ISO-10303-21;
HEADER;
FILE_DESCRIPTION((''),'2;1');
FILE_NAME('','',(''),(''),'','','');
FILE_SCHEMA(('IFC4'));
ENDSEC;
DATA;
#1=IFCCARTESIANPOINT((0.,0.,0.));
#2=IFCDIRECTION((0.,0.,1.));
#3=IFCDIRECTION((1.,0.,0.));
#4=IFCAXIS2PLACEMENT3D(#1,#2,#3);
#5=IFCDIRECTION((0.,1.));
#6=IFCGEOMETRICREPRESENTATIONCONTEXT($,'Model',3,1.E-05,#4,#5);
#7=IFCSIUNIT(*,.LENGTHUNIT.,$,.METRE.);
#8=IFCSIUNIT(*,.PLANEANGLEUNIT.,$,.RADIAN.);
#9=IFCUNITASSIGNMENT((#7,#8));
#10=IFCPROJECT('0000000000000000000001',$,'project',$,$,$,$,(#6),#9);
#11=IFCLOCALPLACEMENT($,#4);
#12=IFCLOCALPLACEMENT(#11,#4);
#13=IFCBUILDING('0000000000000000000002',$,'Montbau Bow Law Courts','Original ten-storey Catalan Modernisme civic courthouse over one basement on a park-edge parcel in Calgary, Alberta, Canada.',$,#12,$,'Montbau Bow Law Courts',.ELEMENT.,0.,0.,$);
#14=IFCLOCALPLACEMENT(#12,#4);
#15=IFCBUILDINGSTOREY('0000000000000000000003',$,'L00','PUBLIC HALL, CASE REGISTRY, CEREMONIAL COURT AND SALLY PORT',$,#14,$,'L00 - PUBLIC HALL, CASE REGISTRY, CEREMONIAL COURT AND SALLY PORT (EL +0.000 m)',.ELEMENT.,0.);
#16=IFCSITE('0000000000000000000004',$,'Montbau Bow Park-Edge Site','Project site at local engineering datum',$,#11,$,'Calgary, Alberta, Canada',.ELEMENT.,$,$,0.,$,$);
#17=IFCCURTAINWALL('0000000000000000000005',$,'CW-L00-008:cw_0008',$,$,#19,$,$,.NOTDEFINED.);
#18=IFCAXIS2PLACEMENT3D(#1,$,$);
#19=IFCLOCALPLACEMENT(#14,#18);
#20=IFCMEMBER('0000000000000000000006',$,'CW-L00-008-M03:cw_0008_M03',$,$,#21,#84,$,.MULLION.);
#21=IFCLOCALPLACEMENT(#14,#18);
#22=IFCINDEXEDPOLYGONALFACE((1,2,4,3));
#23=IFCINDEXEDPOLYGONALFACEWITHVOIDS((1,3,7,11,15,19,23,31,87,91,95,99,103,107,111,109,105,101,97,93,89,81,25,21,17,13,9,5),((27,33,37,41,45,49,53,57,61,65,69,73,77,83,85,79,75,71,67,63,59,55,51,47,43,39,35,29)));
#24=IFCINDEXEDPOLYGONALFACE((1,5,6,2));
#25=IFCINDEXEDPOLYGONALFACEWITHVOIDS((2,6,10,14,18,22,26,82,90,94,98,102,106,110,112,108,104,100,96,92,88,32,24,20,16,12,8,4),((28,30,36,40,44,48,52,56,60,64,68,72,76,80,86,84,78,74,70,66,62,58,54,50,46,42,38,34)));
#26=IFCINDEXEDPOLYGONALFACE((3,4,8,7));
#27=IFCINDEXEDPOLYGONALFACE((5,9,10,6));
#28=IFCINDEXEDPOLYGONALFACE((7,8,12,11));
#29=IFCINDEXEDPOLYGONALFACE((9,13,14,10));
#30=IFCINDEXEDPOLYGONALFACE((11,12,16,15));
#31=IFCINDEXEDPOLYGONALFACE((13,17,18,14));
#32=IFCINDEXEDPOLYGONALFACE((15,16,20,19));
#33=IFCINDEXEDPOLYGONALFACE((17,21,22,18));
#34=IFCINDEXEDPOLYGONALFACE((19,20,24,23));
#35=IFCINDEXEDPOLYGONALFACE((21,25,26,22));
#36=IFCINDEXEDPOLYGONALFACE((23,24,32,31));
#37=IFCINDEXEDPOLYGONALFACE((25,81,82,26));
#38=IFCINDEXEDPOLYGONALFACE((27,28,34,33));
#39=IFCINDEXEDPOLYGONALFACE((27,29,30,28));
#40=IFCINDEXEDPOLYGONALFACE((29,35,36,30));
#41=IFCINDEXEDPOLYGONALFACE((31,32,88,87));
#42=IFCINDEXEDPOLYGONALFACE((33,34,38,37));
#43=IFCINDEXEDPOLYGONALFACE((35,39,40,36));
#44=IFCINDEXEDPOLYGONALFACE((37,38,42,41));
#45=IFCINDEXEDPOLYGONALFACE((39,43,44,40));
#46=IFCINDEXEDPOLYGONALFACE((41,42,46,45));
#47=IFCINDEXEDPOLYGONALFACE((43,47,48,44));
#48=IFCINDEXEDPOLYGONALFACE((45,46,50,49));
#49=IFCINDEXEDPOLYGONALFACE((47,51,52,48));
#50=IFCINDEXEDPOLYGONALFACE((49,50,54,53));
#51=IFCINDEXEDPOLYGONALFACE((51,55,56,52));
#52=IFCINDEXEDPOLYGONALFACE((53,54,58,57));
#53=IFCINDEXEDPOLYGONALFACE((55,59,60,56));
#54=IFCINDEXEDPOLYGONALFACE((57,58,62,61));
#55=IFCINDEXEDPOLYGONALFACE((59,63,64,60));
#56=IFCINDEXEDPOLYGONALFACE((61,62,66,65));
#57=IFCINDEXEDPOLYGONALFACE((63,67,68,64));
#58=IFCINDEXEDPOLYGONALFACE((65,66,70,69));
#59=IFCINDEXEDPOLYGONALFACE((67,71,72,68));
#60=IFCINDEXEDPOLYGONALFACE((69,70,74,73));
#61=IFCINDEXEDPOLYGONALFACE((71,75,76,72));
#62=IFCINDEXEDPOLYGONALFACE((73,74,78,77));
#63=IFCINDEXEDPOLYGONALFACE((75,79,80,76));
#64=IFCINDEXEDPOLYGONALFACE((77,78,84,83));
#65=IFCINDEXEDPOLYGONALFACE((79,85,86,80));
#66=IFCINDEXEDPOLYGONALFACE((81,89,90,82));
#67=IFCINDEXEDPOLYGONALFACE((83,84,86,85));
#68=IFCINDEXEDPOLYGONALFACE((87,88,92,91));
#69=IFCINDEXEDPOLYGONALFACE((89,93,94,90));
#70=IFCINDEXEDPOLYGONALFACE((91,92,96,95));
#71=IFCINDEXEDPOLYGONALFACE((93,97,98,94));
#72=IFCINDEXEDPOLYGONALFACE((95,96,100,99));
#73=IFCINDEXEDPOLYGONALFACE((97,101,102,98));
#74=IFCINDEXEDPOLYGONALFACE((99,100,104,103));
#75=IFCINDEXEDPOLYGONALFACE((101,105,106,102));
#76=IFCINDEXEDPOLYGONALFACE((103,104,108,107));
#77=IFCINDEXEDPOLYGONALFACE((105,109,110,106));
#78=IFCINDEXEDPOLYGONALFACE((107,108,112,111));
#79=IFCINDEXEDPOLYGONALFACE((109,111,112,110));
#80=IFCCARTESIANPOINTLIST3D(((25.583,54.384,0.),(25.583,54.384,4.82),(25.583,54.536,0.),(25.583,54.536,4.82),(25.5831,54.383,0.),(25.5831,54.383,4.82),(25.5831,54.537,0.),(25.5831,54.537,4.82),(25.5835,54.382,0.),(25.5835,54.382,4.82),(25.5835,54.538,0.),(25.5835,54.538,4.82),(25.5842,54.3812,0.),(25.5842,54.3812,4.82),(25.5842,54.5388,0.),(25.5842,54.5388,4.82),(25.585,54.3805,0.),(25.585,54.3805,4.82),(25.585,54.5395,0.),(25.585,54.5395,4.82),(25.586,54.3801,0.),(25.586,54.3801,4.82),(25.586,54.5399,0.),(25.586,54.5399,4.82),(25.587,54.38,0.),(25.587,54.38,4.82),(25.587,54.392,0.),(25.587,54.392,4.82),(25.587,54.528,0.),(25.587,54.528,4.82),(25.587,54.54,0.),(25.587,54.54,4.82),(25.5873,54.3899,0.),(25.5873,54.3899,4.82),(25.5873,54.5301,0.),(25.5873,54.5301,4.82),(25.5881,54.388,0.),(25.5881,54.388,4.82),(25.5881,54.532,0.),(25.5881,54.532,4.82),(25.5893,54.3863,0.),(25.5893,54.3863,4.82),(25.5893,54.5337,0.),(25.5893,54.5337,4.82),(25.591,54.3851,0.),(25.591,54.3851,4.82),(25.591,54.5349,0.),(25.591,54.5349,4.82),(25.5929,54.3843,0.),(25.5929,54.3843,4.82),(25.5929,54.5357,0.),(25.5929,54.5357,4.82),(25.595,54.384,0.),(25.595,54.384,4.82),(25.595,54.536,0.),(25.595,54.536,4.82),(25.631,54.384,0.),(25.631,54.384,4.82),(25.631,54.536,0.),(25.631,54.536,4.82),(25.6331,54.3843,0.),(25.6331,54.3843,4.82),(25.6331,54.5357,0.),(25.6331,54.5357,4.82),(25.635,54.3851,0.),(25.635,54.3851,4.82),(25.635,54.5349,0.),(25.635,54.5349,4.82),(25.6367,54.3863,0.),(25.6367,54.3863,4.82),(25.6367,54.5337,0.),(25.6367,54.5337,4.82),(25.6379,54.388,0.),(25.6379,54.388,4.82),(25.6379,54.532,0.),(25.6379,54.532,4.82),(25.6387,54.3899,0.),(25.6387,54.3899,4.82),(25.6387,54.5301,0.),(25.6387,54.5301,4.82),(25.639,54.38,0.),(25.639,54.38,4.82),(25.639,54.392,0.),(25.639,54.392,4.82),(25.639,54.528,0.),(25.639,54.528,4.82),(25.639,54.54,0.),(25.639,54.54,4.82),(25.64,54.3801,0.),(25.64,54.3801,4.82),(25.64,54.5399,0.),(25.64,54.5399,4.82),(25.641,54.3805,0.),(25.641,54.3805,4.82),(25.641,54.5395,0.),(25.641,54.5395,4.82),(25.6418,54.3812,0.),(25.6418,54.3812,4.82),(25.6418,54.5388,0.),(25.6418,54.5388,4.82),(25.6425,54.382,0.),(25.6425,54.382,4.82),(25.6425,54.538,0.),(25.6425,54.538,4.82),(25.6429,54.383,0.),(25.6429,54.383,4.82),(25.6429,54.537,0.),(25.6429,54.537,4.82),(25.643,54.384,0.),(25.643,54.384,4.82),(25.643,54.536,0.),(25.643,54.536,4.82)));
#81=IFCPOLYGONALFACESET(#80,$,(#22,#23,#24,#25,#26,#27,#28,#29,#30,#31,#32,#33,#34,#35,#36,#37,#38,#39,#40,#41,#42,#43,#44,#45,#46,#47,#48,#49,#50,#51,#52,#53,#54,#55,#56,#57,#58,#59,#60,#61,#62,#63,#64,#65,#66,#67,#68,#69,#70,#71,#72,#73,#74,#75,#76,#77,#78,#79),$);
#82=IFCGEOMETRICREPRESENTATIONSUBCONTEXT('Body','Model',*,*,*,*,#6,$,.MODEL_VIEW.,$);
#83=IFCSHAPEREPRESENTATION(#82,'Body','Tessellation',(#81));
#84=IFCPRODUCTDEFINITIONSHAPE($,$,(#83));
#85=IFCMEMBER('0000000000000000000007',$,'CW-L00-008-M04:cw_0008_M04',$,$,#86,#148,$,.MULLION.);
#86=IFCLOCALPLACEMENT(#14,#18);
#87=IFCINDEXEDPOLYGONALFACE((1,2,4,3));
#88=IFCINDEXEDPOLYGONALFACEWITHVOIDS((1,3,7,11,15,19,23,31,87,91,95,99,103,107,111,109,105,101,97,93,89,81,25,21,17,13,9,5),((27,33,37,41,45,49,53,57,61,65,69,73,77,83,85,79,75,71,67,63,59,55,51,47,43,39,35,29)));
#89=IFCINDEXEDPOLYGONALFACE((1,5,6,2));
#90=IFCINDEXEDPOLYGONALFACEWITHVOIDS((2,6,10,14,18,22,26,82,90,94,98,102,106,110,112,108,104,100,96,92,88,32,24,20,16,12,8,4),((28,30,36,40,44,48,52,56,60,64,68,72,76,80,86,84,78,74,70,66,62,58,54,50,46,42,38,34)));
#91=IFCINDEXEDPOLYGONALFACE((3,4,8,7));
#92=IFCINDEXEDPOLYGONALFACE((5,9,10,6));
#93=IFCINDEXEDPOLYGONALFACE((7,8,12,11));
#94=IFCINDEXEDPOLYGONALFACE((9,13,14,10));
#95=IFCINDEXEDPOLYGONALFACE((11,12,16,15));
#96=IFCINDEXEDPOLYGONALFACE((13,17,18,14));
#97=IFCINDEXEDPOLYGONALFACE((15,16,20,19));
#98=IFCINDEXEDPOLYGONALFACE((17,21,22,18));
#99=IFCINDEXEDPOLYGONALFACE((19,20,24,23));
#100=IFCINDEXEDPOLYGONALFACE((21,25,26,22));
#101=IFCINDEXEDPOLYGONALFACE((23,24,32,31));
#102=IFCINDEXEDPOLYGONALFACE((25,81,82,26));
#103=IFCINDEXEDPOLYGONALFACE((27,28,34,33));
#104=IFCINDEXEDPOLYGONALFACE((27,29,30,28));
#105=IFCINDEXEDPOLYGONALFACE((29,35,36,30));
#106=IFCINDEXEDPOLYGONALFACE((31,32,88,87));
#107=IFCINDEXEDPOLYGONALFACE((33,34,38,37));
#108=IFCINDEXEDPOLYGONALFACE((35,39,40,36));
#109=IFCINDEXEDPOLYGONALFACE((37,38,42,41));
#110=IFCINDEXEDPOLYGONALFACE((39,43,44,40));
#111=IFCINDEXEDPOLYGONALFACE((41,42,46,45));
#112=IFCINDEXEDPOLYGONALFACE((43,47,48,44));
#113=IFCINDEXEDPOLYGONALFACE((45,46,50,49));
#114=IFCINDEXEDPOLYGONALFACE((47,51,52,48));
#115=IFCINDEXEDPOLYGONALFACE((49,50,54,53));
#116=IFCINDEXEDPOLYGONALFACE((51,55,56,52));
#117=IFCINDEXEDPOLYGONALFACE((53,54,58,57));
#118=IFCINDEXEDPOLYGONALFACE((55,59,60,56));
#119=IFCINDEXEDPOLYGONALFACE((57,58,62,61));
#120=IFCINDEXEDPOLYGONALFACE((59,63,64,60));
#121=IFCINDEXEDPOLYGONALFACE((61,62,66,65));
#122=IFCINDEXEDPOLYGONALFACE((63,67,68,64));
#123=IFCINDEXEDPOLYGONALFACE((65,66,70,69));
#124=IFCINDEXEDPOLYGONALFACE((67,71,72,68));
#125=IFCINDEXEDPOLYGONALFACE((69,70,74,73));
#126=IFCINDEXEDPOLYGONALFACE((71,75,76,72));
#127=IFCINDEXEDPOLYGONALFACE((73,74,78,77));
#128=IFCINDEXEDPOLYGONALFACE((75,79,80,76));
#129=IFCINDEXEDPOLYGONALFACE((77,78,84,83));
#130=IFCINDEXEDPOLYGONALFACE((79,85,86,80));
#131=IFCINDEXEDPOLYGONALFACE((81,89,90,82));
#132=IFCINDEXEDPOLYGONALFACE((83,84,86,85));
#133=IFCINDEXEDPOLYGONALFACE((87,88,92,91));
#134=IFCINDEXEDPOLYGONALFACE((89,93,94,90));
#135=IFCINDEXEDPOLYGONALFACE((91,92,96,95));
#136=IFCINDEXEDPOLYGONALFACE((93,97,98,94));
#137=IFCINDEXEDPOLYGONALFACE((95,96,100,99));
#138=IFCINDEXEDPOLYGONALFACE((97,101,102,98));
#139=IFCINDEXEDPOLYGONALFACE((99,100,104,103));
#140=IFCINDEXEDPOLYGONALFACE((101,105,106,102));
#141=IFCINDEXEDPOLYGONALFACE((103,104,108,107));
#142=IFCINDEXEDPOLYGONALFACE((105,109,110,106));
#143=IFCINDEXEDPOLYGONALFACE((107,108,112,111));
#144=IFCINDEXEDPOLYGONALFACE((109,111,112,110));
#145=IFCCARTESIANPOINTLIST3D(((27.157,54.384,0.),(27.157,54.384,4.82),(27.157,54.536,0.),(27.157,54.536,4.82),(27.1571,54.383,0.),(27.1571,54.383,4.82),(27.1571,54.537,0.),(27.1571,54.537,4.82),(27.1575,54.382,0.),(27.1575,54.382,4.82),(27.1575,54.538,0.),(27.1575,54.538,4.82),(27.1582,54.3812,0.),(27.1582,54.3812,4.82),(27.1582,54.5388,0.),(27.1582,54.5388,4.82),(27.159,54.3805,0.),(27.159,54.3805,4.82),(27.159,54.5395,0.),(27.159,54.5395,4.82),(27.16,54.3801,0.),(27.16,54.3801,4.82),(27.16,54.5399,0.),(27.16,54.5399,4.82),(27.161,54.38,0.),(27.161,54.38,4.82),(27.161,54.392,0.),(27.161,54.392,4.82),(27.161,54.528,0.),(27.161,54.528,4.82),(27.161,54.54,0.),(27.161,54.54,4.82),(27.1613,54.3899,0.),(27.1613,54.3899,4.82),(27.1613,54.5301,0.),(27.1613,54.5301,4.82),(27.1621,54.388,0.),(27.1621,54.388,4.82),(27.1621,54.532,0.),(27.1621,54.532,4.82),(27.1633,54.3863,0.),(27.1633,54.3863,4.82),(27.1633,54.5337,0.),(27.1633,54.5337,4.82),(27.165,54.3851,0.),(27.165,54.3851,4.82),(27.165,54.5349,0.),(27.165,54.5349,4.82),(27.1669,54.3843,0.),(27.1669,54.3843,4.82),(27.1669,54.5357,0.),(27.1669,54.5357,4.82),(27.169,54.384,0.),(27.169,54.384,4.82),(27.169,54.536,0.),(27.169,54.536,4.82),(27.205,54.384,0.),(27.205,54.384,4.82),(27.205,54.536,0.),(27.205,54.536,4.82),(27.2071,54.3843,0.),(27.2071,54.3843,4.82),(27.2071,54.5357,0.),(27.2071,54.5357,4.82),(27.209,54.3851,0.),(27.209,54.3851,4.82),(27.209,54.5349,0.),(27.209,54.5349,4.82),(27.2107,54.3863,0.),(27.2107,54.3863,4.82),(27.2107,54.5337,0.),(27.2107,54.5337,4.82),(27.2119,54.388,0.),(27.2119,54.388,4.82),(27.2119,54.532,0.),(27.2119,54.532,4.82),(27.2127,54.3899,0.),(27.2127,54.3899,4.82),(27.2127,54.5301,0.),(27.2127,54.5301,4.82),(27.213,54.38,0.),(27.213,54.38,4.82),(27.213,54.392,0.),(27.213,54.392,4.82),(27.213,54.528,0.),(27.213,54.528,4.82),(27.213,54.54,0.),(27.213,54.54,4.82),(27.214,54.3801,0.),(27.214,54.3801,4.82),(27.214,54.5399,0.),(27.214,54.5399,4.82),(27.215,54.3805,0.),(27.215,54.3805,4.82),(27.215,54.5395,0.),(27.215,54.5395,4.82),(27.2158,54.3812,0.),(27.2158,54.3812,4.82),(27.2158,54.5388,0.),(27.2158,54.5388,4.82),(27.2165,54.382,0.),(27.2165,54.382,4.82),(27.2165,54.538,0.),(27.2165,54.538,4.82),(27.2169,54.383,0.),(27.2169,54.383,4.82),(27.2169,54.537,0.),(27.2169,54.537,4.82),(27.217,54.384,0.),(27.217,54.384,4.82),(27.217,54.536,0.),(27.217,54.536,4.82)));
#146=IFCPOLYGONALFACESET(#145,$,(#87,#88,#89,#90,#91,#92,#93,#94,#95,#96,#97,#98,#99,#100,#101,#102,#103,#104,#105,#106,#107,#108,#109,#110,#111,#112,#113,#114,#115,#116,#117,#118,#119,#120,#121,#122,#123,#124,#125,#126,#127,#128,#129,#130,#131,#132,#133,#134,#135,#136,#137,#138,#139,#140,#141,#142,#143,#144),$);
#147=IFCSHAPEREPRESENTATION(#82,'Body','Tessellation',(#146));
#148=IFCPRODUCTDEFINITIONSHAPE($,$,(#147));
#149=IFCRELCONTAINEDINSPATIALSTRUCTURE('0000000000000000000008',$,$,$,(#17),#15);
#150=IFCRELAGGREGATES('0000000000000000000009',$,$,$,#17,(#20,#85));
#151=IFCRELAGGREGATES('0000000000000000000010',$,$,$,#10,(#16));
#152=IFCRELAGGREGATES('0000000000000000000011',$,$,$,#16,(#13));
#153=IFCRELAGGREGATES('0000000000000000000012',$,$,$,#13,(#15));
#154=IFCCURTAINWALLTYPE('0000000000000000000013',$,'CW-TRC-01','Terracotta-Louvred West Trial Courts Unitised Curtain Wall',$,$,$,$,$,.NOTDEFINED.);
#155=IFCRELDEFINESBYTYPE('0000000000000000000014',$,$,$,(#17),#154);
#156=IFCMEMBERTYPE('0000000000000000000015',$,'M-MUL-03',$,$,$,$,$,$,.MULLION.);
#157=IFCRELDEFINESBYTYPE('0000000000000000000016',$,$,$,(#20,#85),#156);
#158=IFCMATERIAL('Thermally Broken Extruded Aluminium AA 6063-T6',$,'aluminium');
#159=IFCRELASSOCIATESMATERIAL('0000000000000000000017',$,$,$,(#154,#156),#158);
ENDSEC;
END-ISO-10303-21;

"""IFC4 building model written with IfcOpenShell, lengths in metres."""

from ifc_helpers import new_model, si_unit, direction, frame, origin_with_axes, origin_2d_with_axis, place, context, subcontext, project, spatial, hollow_rectangle, extrude, material, material_profile, profile_set, type_object, element, aggregate, save


model = new_model("IFC4")

# Units and contexts
model_context = context("Model", 3, precision=1e-05, world=origin_with_axes(), true_north=direction((0.0, 1.0)))
body_context = subcontext(model_context, "Body", "Model", "MODEL_VIEW")
ifc_project = project(units=[si_unit("LENGTHUNIT", "METRE"), si_unit("PLANEANGLEUNIT", "RADIAN")], contexts=[model_context])

# Site, building, storey
site_placement = place(None, origin_with_axes())
site = spatial("IfcSite", under=ifc_project, at=site_placement, Name="Montbau Bow Park-Edge Site", Description="Project site at local engineering datum", LongName="Calgary, Alberta, Canada", CompositionType="ELEMENT", RefElevation=0.0)
building_placement = place(site_placement, origin_with_axes())
building = spatial("IfcBuilding", under=site, at=building_placement, Name="Montbau Bow Law Courts", Description="Original ten-storey Catalan Modernisme civic courthouse over one basement on a park-edge parcel in Calgary, Alberta, Canada.", LongName="Montbau Bow Law Courts", CompositionType="ELEMENT", ElevationOfRefHeight=0.0, ElevationOfTerrain=0.0)
storey_placement = place(building_placement, origin_with_axes())
storey = spatial("IfcBuildingStorey", under=building, at=storey_placement, Name="L00", Description="PUBLIC HALL, CASE REGISTRY, CEREMONIAL COURT AND SALLY PORT", LongName="L00 - PUBLIC HALL, CASE REGISTRY, CEREMONIAL COURT AND SALLY PORT (EL +0.000 m)", CompositionType="ELEMENT", Elevation=0.0)

# Curtain wall, members
ifc_material_1 = material(Name="Thermally Broken Extruded Aluminium AA 6063-T6", Category="aluminium")
curtain_wall_type = type_object("IfcCurtainWallType", Name="CW-TRC-01", Description="Terracotta-Louvred West Trial Courts Unitised Curtain Wall", PredefinedType="NOTDEFINED", material=ifc_material_1)
curtain_wall_1_placement = place(None, frame((22.467, 54.46, 0.0), z_axis=(0.0, 0.0, 1.0), x_axis=(1.0, 0.0, 0.0)))
curtain_wall_1 = element("IfcCurtainWall", 1, at=curtain_wall_1_placement, inside=storey, type_object=curtain_wall_type, Name="CW-L00-008:cw_0008", PredefinedType="NOTDEFINED")
ifc_material_profile_1 = material_profile(ifc_material_1, hollow_rectangle(XDim=0.06, YDim=0.16, WallThickness=0.004, InnerFilletRadius=0.008, OuterFilletRadius=0.004, at=origin_2d_with_axis()), Name="CWM-160X60", Category="Main", Priority=0)
ifc_profile_set_1 = profile_set([ifc_material_profile_1], Name="Thermally Broken Extruded Aluminium AA 6063-T6")
member_type_1 = type_object("IfcMemberType", Name="M-MUL-03", PredefinedType="MULLION", material=ifc_profile_set_1)
member_1_placement = place(None, frame((25.613, 54.46, 0.0), z_axis=(0.0, 0.0, 1.0), x_axis=(1.0, 0.0, 0.0)))
member_1 = element("IfcMember", 2, at=member_1_placement, type_object=member_type_1, Name="CW-L00-008-M03:cw_0008_M03", PredefinedType="MULLION", context=body_context, shape_type="SweptSolid", body=[
    extrude(hollow_rectangle(XDim=0.06, YDim=0.16, WallThickness=0.004, InnerFilletRadius=0.008, OuterFilletRadius=0.004, at=origin_2d_with_axis()), origin_with_axes(), (0.0, 0.0, 1.0), 4.82),
])
member_2_placement = place(None, frame((27.187, 54.46, 0.0), z_axis=(0.0, 0.0, 1.0), x_axis=(1.0, 0.0, 0.0)))
member_2 = element("IfcMember", 3, at=member_2_placement, type_object=member_type_1, Name="CW-L00-008-M04:cw_0008_M04", PredefinedType="MULLION", context=body_context, shape_type="SweptSolid", body=[
    extrude(hollow_rectangle(XDim=0.06, YDim=0.16, WallThickness=0.004, InnerFilletRadius=0.008, OuterFilletRadius=0.004, at=origin_2d_with_axis()), origin_with_axes(), (0.0, 0.0, 1.0), 4.82),
])

aggregate(curtain_wall_1, [member_1, member_2])

save(model, "model.ifc")
